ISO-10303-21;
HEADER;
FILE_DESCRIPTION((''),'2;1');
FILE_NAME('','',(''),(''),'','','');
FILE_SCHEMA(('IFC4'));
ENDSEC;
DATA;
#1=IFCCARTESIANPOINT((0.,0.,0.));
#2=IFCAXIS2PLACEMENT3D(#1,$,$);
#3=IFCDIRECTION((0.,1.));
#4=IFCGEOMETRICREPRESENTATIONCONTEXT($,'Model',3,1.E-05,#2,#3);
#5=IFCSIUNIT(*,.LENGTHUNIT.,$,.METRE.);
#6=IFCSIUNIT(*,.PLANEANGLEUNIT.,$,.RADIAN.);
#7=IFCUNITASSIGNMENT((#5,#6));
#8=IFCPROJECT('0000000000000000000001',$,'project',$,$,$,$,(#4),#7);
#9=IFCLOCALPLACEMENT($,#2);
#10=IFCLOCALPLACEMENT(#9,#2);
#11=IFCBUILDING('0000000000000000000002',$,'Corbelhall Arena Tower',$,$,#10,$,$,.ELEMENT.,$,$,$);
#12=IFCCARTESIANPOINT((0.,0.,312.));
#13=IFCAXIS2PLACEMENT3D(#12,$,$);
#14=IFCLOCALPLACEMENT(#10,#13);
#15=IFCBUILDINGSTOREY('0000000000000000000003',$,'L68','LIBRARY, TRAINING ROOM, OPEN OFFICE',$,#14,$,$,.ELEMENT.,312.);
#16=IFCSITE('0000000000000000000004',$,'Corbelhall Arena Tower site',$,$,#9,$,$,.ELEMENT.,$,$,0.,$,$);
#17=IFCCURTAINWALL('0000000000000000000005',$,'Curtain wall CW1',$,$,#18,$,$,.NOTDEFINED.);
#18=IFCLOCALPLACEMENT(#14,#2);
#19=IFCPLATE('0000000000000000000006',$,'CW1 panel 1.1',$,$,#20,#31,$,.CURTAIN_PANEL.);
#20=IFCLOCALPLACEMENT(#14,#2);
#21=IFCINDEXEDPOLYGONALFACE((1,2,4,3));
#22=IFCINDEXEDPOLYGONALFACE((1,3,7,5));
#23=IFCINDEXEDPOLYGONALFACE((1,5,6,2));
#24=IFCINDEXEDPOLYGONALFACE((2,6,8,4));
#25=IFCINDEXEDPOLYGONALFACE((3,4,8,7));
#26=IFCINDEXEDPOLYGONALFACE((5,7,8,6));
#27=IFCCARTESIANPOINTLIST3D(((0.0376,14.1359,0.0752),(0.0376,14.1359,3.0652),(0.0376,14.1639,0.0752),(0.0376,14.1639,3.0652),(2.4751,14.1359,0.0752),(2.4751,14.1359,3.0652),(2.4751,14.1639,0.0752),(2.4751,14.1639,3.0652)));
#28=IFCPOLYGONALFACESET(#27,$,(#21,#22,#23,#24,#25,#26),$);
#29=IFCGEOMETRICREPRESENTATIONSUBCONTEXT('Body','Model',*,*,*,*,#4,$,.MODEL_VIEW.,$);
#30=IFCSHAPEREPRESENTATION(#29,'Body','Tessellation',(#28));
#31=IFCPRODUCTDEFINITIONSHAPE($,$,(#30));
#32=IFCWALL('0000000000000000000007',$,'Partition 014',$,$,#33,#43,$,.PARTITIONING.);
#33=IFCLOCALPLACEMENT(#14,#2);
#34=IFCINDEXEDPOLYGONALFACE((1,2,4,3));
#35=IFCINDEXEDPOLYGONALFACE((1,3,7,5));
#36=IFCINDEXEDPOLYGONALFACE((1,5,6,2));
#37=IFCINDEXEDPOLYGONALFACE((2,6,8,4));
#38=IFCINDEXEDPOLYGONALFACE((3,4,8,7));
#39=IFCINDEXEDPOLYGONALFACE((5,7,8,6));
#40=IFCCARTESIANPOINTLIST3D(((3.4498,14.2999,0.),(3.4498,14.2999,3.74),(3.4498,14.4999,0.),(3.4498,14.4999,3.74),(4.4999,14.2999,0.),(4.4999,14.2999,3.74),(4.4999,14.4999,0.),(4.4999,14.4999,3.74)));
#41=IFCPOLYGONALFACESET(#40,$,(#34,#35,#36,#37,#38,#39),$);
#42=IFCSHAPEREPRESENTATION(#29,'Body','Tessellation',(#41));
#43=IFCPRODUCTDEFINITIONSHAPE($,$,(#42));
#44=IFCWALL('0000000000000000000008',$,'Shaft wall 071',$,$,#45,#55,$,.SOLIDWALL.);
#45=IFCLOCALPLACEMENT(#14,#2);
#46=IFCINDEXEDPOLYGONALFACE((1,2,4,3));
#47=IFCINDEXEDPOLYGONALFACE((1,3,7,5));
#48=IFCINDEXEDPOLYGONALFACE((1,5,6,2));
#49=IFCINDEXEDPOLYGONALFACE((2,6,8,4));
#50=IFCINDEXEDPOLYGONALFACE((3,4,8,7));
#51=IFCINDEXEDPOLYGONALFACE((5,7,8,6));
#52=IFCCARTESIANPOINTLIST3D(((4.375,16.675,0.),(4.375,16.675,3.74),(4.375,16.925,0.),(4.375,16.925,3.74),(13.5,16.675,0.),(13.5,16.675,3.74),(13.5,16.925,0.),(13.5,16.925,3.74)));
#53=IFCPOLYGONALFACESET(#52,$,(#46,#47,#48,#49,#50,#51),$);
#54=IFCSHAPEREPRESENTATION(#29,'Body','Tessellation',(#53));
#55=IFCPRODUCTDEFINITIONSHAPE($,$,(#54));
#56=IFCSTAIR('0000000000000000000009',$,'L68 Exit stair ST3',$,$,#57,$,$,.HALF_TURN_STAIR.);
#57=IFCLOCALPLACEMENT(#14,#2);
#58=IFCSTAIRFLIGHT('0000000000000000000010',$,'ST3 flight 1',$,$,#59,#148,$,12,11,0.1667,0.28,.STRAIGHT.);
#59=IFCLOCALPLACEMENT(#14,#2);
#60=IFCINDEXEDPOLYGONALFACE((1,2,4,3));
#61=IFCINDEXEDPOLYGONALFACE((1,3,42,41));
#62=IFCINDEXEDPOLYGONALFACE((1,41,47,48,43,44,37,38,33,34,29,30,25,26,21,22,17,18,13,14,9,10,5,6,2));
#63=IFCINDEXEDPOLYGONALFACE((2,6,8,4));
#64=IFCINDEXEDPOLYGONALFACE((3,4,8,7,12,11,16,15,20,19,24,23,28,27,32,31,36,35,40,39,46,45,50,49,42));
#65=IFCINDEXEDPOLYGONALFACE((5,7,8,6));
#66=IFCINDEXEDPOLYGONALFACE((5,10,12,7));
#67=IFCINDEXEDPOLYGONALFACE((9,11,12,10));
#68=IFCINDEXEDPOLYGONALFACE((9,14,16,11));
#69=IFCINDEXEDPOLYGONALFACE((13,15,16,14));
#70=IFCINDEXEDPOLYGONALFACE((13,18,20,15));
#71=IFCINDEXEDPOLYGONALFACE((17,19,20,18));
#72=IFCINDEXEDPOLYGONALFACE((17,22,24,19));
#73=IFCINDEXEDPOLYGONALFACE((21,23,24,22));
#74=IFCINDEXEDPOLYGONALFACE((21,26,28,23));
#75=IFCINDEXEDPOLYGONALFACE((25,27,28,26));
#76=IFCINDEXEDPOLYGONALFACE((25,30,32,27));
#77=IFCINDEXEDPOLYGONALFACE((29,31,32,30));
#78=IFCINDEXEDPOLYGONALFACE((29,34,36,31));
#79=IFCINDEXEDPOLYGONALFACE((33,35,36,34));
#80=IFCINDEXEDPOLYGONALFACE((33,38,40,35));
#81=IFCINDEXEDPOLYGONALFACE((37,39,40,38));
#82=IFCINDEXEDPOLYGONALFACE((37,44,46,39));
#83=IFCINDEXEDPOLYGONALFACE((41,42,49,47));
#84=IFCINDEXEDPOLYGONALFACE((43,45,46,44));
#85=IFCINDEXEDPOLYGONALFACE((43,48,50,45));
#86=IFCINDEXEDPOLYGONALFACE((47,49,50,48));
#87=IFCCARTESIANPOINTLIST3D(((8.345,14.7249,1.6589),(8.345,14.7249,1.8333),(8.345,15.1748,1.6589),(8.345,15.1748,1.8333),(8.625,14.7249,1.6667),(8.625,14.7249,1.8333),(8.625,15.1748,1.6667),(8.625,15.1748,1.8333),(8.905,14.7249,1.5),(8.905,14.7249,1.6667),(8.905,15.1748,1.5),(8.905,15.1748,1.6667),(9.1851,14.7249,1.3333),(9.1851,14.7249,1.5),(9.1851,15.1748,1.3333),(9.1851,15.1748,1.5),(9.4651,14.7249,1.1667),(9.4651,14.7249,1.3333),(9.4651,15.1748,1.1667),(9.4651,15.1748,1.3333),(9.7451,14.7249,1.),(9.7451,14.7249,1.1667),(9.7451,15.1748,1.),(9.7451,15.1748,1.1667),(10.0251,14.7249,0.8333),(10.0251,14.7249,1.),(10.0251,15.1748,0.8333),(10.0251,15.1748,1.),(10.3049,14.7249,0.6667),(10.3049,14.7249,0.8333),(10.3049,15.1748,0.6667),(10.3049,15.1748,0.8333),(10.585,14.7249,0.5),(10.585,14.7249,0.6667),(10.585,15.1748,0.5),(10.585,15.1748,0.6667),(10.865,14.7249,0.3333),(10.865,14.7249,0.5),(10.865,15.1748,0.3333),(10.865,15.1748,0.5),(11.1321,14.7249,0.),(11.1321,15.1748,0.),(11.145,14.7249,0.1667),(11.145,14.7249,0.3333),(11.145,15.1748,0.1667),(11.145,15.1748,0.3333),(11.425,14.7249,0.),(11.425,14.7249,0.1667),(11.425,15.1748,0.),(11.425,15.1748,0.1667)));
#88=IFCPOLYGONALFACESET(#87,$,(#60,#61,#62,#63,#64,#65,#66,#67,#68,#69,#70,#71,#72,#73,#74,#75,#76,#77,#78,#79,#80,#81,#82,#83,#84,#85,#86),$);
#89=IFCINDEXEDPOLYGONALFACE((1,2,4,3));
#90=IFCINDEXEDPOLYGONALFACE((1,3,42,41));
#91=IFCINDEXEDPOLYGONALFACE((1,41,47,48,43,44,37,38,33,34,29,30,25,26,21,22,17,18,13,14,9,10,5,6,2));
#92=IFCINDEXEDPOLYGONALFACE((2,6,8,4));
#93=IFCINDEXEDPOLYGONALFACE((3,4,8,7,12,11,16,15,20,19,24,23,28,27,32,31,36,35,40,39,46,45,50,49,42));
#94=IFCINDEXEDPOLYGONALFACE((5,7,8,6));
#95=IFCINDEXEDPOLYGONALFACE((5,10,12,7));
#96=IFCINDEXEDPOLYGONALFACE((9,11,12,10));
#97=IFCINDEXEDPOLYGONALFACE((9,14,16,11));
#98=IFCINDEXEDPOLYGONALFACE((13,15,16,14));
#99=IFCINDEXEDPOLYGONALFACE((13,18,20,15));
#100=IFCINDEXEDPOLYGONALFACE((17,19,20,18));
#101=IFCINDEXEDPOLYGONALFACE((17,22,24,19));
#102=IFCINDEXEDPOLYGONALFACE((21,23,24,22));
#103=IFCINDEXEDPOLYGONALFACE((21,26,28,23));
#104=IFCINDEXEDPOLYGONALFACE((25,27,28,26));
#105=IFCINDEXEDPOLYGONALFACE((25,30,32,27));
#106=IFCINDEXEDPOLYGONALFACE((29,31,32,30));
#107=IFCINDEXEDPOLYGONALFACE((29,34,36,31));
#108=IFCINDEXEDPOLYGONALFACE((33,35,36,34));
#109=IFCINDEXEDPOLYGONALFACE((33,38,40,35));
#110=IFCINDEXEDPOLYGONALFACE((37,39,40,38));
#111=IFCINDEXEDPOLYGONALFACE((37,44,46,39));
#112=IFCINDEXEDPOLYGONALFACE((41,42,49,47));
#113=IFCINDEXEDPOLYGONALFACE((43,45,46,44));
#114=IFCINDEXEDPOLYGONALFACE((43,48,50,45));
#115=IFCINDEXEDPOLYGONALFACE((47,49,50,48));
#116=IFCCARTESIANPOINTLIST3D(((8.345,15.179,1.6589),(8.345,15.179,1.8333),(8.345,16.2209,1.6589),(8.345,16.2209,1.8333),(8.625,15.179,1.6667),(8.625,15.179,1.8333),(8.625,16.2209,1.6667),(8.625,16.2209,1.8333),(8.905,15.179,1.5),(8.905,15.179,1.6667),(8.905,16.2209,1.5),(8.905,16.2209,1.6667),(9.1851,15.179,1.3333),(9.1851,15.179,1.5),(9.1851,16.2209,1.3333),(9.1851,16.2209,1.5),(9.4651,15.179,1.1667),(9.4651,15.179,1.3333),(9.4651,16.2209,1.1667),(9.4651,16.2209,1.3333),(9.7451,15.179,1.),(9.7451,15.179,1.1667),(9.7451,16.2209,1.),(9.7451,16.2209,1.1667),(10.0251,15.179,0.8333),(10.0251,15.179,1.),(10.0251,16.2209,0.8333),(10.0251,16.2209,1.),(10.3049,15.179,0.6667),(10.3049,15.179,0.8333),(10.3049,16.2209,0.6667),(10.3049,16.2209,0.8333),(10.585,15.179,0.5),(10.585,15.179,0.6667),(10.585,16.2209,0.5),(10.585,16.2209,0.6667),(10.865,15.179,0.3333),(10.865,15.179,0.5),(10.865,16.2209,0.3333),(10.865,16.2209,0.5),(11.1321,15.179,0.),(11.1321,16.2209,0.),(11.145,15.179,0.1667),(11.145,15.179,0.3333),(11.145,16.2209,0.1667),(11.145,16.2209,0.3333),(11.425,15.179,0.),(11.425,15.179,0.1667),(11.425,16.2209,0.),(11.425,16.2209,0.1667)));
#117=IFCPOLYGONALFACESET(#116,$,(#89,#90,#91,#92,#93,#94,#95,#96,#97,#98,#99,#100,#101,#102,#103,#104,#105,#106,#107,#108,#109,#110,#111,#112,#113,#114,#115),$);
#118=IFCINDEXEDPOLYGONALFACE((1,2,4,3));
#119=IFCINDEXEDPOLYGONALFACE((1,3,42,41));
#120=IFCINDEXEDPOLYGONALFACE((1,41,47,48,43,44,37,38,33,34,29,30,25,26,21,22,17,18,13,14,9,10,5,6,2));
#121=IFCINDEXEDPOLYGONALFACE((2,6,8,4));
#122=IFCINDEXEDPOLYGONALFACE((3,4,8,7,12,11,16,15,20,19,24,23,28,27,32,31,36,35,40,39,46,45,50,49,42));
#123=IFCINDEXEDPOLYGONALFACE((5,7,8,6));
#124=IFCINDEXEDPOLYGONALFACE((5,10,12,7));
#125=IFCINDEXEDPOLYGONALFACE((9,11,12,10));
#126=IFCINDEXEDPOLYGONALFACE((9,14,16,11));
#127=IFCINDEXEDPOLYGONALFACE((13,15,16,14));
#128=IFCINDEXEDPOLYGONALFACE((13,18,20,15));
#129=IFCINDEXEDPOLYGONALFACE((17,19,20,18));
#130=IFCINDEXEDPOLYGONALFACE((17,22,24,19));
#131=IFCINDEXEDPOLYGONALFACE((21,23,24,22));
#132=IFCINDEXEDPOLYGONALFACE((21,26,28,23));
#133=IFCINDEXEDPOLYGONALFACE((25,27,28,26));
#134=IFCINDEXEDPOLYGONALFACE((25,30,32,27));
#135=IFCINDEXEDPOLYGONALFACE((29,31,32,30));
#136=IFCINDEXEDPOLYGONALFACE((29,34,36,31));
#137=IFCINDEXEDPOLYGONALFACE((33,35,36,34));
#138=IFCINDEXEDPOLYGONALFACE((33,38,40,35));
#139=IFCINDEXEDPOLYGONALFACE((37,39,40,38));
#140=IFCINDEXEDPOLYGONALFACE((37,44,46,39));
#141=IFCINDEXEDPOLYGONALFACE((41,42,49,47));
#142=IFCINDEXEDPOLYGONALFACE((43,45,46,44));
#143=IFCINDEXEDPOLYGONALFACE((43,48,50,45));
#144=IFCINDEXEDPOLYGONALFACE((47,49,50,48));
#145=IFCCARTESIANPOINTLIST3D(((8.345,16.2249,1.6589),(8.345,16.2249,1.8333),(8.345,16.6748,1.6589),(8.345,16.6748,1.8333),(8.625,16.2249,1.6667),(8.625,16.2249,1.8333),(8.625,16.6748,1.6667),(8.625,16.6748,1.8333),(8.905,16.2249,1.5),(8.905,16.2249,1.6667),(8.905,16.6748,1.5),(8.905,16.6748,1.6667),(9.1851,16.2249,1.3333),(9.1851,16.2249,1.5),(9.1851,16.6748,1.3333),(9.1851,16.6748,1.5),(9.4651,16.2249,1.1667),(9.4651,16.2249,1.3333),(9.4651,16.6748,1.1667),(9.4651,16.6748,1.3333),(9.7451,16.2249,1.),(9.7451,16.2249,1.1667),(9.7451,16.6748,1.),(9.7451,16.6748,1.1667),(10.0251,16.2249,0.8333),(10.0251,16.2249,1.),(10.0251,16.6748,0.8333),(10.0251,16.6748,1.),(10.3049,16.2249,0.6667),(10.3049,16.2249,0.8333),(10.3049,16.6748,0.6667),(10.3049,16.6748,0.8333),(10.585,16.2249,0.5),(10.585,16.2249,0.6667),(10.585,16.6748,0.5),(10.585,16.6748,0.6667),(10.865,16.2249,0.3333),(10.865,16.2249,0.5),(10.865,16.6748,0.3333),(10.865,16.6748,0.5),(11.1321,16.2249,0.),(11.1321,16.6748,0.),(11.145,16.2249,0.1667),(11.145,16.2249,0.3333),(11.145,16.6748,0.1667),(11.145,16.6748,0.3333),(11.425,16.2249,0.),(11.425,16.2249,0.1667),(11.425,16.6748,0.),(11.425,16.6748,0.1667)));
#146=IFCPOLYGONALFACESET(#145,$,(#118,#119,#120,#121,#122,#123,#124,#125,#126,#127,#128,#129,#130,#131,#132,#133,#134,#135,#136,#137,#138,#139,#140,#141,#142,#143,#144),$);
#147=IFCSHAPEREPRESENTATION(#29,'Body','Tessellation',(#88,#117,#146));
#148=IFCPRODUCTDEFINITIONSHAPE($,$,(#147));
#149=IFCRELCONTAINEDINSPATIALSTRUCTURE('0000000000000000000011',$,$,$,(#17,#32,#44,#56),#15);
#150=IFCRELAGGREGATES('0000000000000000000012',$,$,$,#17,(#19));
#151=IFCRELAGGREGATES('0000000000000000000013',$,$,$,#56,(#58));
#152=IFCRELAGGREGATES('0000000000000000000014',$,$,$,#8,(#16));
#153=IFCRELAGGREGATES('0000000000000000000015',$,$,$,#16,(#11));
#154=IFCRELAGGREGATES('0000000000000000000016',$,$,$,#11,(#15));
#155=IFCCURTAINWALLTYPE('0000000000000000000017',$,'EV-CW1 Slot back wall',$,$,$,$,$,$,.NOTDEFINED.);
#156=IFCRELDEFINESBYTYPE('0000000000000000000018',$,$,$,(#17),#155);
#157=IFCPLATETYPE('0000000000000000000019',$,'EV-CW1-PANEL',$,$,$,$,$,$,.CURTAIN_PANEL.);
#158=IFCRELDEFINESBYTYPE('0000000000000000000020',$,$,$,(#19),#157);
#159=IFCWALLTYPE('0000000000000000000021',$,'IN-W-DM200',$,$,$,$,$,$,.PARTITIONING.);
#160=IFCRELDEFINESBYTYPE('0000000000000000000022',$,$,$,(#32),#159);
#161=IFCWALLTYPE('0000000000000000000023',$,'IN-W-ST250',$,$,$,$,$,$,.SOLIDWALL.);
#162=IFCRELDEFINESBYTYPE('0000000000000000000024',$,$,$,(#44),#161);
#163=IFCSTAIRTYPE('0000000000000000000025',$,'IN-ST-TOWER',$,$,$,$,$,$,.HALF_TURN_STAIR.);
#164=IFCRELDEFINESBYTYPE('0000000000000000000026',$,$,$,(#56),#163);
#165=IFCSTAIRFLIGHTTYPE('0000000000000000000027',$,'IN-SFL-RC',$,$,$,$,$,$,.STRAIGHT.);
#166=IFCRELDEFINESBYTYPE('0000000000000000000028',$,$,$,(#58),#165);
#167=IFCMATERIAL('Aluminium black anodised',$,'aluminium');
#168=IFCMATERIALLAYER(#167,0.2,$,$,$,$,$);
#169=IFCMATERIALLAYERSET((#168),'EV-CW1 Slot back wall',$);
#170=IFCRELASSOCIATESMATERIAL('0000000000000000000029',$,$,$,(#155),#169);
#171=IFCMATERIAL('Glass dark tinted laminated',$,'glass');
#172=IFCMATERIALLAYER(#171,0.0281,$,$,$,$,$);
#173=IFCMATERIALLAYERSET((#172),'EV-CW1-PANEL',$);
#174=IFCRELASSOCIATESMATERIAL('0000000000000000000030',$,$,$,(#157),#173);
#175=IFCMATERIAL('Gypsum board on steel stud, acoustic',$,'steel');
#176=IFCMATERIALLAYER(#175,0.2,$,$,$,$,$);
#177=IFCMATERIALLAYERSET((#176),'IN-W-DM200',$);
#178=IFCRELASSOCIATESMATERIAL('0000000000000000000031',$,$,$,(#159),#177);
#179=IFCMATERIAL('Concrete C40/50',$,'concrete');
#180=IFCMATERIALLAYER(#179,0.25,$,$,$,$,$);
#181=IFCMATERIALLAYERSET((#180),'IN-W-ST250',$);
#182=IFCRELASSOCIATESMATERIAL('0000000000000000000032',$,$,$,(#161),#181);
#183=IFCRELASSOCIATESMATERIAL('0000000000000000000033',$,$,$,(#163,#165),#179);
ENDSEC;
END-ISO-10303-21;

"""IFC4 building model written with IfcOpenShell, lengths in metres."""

from ifc_helpers import new_model, si_unit, direction, frame, frame_2d, origin, origin_2d, place, context, subcontext, project, spatial, polyline, rectangle, outline, extrude, material, layer, layer_set, type_object, element, aggregate, save


model = new_model("IFC4")

# Units and contexts
model_context = context("Model", 3, precision=1e-05, world=origin(), true_north=direction((0.0, 1.0)))
body_context = subcontext(model_context, "Body", "Model", "MODEL_VIEW")
ifc_project = project(units=[si_unit("LENGTHUNIT", "METRE"), si_unit("PLANEANGLEUNIT", "RADIAN")], contexts=[model_context])

# Site, building, storey
site_placement = place(None, origin())
site = spatial("IfcSite", under=ifc_project, at=site_placement, Name="Corbelhall Arena Tower site", CompositionType="ELEMENT", RefElevation=0.0)
building_placement = place(site_placement, origin())
building = spatial("IfcBuilding", under=site, at=building_placement, Name="Corbelhall Arena Tower", CompositionType="ELEMENT")
storey_placement = place(building_placement, frame((0.0, 0.0, 312.0)))
storey = spatial("IfcBuildingStorey", under=building, at=storey_placement, Name="L68", Description="LIBRARY, TRAINING ROOM, OPEN OFFICE", CompositionType="ELEMENT", Elevation=312.0)

# Curtain wall
ifc_material_1 = material(Name="Aluminium black anodised", Category="aluminium")
ifc_layer_1 = layer(ifc_material_1, 0.2)
ifc_layer_set_1 = layer_set([ifc_layer_1], Name="EV-CW1 Slot back wall")
curtain_wall_type = type_object("IfcCurtainWallType", Name="EV-CW1 Slot back wall", PredefinedType="NOTDEFINED", material=ifc_layer_set_1)
curtain_wall_placement = place(storey_placement, origin())
curtain_wall = element("IfcCurtainWall", 1, at=curtain_wall_placement, inside=storey, type_object=curtain_wall_type, Name="Curtain wall CW1", PredefinedType="NOTDEFINED")

# Plate
ifc_material_2 = material(Name="Glass dark tinted laminated", Category="glass")
ifc_layer_2 = layer(ifc_material_2, 0.0281)
ifc_layer_set_2 = layer_set([ifc_layer_2], Name="EV-CW1-PANEL")
plate_type = type_object("IfcPlateType", Name="EV-CW1-PANEL", PredefinedType="CURTAIN_PANEL", material=ifc_layer_set_2)
plate_placement = place(storey_placement, frame((1.2563, 14.1499, 0.0752), z_axis=(0.0, 0.0, 1.0), x_axis=(-1.0, 0.0, 0.0)))
plate = element("IfcPlate", 2, at=plate_placement, type_object=plate_type, Name="CW1 panel 1.1", PredefinedType="CURTAIN_PANEL", context=body_context, shape_type="SweptSolid", body=[
    extrude(rectangle(XDim=2.4375, YDim=0.0281, at=origin_2d()), origin(), (0.0, 0.0, 1.0), 2.99),
])
aggregate(curtain_wall, [plate])

# Walls
ifc_material_3 = material(Name="Gypsum board on steel stud, acoustic", Category="steel")
ifc_layer_3 = layer(ifc_material_3, 0.2)
ifc_layer_set_3 = layer_set([ifc_layer_3], Name="IN-W-DM200")
wall_type_1 = type_object("IfcWallType", Name="IN-W-DM200", PredefinedType="PARTITIONING", material=ifc_layer_set_3)
wall_1_placement = place(storey_placement, frame((3.45, 14.3999, 0.0), z_axis=(0.0, 0.0, 1.0), x_axis=(1.0, 0.0, 0.0)))
element("IfcWall", 3, at=wall_1_placement, inside=storey, type_object=wall_type_1, Name="Partition 014", PredefinedType="PARTITIONING", context=body_context, shape_type="SweptSolid", body=[
    extrude(rectangle(XDim=1.05, YDim=0.2, at=frame_2d((0.5249, 0.0))), origin(), (0.0, 0.0, 1.0), 3.74),
])
ifc_material_4 = material(Name="Concrete C40/50", Category="concrete")
ifc_layer_4 = layer(ifc_material_4, 0.25)
ifc_layer_set_4 = layer_set([ifc_layer_4], Name="IN-W-ST250")
wall_type_2 = type_object("IfcWallType", Name="IN-W-ST250", PredefinedType="SOLIDWALL", material=ifc_layer_set_4)
wall_2_placement = place(storey_placement, frame((4.375, 16.8, 0.0), z_axis=(0.0, 0.0, 1.0), x_axis=(1.0, 0.0, 0.0)))
element("IfcWall", 4, at=wall_2_placement, inside=storey, type_object=wall_type_2, Name="Shaft wall 071", PredefinedType="SOLIDWALL", context=body_context, shape_type="SweptSolid", body=[
    extrude(rectangle(XDim=9.125, YDim=0.25, at=frame_2d((4.5625, 0.0))), origin(), (0.0, 0.0, 1.0), 3.74),
])

# Stair, stair flight
stair_type = type_object("IfcStairType", Name="IN-ST-TOWER", PredefinedType="HALF_TURN_STAIR", material=ifc_material_4)
stair_placement = place(storey_placement, origin())
stair = element("IfcStair", 5, at=stair_placement, inside=storey, type_object=stair_type, Name="L68 Exit stair ST3", PredefinedType="HALF_TURN_STAIR")
stair_flight_type = type_object("IfcStairFlightType", Name="IN-SFL-RC", PredefinedType="STRAIGHT", material=ifc_material_4)
stair_flight_placement = place(storey_placement, frame((11.425, 15.7, 0.0), z_axis=(0.0, 0.0, 1.0), x_axis=(-1.0, 0.0, 0.0)))
stair_flight = element("IfcStairFlight", 6, at=stair_flight_placement, type_object=stair_flight_type, Name="ST3 flight 1", NumberOfRisers=12, NumberOfTreads=11, PredefinedType="STRAIGHT", RiserHeight=0.1667, TreadLength=0.28, context=body_context, shape_type="SweptSolid", body=[
    extrude(outline(polyline([(0.0, 0.0), (0.0, 0.1667), (0.28, 0.1667), (0.28, 0.3333), (0.5601, 0.3333), (0.5601, 0.5), (0.8401, 0.5), (0.8401, 0.6667), (1.1201, 0.6667), (1.1201, 0.8333), (1.3999, 0.8333), (1.3999, 1.0), (1.6799, 1.0), (1.6799, 1.1667), (1.96, 1.1667), (1.96, 1.3333), (2.24, 1.3333), (2.24, 1.5), (2.52, 1.5), (2.52, 1.6667), (2.8, 1.6667), (2.8, 1.8333), (3.0801, 1.8333), (3.0801, 2.0), (3.0801, 1.6589), (0.293, 0.0), (0.0, 0.0)])), frame((0.0, 0.9751, 0.0), z_axis=(0.0, -1.0, 0.0), x_axis=(1.0, 0.0, 0.0)), (0.0, 0.0, 1.0), 0.45),
    extrude(outline(polyline([(0.0, 0.0), (0.0, 0.1667), (0.28, 0.1667), (0.28, 0.3333), (0.5601, 0.3333), (0.5601, 0.5), (0.8401, 0.5), (0.8401, 0.6667), (1.1201, 0.6667), (1.1201, 0.8333), (1.3999, 0.8333), (1.3999, 1.0), (1.6799, 1.0), (1.6799, 1.1667), (1.96, 1.1667), (1.96, 1.3333), (2.24, 1.3333), (2.24, 1.5), (2.52, 1.5), (2.52, 1.6667), (2.8, 1.6667), (2.8, 1.8333), (3.0801, 1.8333), (3.0801, 2.0), (3.0801, 1.6589), (0.293, 0.0), (0.0, 0.0)])), frame((0.0, 0.521, 0.0), z_axis=(0.0, -1.0, 0.0), x_axis=(1.0, 0.0, 0.0)), (0.0, 0.0, 1.0), 1.042),
    extrude(outline(polyline([(0.0, 0.0), (0.0, 0.1667), (0.28, 0.1667), (0.28, 0.3333), (0.5601, 0.3333), (0.5601, 0.5), (0.8401, 0.5), (0.8401, 0.6667), (1.1201, 0.6667), (1.1201, 0.8333), (1.3999, 0.8333), (1.3999, 1.0), (1.6799, 1.0), (1.6799, 1.1667), (1.96, 1.1667), (1.96, 1.3333), (2.24, 1.3333), (2.24, 1.5), (2.52, 1.5), (2.52, 1.6667), (2.8, 1.6667), (2.8, 1.8333), (3.0801, 1.8333), (3.0801, 2.0), (3.0801, 1.6589), (0.293, 0.0), (0.0, 0.0)])), frame((0.0, -0.5249, 0.0), z_axis=(0.0, -1.0, 0.0), x_axis=(1.0, 0.0, 0.0)), (0.0, 0.0, 1.0), 0.45),
])
aggregate(stair, [stair_flight])

save(model, "model.ifc")
